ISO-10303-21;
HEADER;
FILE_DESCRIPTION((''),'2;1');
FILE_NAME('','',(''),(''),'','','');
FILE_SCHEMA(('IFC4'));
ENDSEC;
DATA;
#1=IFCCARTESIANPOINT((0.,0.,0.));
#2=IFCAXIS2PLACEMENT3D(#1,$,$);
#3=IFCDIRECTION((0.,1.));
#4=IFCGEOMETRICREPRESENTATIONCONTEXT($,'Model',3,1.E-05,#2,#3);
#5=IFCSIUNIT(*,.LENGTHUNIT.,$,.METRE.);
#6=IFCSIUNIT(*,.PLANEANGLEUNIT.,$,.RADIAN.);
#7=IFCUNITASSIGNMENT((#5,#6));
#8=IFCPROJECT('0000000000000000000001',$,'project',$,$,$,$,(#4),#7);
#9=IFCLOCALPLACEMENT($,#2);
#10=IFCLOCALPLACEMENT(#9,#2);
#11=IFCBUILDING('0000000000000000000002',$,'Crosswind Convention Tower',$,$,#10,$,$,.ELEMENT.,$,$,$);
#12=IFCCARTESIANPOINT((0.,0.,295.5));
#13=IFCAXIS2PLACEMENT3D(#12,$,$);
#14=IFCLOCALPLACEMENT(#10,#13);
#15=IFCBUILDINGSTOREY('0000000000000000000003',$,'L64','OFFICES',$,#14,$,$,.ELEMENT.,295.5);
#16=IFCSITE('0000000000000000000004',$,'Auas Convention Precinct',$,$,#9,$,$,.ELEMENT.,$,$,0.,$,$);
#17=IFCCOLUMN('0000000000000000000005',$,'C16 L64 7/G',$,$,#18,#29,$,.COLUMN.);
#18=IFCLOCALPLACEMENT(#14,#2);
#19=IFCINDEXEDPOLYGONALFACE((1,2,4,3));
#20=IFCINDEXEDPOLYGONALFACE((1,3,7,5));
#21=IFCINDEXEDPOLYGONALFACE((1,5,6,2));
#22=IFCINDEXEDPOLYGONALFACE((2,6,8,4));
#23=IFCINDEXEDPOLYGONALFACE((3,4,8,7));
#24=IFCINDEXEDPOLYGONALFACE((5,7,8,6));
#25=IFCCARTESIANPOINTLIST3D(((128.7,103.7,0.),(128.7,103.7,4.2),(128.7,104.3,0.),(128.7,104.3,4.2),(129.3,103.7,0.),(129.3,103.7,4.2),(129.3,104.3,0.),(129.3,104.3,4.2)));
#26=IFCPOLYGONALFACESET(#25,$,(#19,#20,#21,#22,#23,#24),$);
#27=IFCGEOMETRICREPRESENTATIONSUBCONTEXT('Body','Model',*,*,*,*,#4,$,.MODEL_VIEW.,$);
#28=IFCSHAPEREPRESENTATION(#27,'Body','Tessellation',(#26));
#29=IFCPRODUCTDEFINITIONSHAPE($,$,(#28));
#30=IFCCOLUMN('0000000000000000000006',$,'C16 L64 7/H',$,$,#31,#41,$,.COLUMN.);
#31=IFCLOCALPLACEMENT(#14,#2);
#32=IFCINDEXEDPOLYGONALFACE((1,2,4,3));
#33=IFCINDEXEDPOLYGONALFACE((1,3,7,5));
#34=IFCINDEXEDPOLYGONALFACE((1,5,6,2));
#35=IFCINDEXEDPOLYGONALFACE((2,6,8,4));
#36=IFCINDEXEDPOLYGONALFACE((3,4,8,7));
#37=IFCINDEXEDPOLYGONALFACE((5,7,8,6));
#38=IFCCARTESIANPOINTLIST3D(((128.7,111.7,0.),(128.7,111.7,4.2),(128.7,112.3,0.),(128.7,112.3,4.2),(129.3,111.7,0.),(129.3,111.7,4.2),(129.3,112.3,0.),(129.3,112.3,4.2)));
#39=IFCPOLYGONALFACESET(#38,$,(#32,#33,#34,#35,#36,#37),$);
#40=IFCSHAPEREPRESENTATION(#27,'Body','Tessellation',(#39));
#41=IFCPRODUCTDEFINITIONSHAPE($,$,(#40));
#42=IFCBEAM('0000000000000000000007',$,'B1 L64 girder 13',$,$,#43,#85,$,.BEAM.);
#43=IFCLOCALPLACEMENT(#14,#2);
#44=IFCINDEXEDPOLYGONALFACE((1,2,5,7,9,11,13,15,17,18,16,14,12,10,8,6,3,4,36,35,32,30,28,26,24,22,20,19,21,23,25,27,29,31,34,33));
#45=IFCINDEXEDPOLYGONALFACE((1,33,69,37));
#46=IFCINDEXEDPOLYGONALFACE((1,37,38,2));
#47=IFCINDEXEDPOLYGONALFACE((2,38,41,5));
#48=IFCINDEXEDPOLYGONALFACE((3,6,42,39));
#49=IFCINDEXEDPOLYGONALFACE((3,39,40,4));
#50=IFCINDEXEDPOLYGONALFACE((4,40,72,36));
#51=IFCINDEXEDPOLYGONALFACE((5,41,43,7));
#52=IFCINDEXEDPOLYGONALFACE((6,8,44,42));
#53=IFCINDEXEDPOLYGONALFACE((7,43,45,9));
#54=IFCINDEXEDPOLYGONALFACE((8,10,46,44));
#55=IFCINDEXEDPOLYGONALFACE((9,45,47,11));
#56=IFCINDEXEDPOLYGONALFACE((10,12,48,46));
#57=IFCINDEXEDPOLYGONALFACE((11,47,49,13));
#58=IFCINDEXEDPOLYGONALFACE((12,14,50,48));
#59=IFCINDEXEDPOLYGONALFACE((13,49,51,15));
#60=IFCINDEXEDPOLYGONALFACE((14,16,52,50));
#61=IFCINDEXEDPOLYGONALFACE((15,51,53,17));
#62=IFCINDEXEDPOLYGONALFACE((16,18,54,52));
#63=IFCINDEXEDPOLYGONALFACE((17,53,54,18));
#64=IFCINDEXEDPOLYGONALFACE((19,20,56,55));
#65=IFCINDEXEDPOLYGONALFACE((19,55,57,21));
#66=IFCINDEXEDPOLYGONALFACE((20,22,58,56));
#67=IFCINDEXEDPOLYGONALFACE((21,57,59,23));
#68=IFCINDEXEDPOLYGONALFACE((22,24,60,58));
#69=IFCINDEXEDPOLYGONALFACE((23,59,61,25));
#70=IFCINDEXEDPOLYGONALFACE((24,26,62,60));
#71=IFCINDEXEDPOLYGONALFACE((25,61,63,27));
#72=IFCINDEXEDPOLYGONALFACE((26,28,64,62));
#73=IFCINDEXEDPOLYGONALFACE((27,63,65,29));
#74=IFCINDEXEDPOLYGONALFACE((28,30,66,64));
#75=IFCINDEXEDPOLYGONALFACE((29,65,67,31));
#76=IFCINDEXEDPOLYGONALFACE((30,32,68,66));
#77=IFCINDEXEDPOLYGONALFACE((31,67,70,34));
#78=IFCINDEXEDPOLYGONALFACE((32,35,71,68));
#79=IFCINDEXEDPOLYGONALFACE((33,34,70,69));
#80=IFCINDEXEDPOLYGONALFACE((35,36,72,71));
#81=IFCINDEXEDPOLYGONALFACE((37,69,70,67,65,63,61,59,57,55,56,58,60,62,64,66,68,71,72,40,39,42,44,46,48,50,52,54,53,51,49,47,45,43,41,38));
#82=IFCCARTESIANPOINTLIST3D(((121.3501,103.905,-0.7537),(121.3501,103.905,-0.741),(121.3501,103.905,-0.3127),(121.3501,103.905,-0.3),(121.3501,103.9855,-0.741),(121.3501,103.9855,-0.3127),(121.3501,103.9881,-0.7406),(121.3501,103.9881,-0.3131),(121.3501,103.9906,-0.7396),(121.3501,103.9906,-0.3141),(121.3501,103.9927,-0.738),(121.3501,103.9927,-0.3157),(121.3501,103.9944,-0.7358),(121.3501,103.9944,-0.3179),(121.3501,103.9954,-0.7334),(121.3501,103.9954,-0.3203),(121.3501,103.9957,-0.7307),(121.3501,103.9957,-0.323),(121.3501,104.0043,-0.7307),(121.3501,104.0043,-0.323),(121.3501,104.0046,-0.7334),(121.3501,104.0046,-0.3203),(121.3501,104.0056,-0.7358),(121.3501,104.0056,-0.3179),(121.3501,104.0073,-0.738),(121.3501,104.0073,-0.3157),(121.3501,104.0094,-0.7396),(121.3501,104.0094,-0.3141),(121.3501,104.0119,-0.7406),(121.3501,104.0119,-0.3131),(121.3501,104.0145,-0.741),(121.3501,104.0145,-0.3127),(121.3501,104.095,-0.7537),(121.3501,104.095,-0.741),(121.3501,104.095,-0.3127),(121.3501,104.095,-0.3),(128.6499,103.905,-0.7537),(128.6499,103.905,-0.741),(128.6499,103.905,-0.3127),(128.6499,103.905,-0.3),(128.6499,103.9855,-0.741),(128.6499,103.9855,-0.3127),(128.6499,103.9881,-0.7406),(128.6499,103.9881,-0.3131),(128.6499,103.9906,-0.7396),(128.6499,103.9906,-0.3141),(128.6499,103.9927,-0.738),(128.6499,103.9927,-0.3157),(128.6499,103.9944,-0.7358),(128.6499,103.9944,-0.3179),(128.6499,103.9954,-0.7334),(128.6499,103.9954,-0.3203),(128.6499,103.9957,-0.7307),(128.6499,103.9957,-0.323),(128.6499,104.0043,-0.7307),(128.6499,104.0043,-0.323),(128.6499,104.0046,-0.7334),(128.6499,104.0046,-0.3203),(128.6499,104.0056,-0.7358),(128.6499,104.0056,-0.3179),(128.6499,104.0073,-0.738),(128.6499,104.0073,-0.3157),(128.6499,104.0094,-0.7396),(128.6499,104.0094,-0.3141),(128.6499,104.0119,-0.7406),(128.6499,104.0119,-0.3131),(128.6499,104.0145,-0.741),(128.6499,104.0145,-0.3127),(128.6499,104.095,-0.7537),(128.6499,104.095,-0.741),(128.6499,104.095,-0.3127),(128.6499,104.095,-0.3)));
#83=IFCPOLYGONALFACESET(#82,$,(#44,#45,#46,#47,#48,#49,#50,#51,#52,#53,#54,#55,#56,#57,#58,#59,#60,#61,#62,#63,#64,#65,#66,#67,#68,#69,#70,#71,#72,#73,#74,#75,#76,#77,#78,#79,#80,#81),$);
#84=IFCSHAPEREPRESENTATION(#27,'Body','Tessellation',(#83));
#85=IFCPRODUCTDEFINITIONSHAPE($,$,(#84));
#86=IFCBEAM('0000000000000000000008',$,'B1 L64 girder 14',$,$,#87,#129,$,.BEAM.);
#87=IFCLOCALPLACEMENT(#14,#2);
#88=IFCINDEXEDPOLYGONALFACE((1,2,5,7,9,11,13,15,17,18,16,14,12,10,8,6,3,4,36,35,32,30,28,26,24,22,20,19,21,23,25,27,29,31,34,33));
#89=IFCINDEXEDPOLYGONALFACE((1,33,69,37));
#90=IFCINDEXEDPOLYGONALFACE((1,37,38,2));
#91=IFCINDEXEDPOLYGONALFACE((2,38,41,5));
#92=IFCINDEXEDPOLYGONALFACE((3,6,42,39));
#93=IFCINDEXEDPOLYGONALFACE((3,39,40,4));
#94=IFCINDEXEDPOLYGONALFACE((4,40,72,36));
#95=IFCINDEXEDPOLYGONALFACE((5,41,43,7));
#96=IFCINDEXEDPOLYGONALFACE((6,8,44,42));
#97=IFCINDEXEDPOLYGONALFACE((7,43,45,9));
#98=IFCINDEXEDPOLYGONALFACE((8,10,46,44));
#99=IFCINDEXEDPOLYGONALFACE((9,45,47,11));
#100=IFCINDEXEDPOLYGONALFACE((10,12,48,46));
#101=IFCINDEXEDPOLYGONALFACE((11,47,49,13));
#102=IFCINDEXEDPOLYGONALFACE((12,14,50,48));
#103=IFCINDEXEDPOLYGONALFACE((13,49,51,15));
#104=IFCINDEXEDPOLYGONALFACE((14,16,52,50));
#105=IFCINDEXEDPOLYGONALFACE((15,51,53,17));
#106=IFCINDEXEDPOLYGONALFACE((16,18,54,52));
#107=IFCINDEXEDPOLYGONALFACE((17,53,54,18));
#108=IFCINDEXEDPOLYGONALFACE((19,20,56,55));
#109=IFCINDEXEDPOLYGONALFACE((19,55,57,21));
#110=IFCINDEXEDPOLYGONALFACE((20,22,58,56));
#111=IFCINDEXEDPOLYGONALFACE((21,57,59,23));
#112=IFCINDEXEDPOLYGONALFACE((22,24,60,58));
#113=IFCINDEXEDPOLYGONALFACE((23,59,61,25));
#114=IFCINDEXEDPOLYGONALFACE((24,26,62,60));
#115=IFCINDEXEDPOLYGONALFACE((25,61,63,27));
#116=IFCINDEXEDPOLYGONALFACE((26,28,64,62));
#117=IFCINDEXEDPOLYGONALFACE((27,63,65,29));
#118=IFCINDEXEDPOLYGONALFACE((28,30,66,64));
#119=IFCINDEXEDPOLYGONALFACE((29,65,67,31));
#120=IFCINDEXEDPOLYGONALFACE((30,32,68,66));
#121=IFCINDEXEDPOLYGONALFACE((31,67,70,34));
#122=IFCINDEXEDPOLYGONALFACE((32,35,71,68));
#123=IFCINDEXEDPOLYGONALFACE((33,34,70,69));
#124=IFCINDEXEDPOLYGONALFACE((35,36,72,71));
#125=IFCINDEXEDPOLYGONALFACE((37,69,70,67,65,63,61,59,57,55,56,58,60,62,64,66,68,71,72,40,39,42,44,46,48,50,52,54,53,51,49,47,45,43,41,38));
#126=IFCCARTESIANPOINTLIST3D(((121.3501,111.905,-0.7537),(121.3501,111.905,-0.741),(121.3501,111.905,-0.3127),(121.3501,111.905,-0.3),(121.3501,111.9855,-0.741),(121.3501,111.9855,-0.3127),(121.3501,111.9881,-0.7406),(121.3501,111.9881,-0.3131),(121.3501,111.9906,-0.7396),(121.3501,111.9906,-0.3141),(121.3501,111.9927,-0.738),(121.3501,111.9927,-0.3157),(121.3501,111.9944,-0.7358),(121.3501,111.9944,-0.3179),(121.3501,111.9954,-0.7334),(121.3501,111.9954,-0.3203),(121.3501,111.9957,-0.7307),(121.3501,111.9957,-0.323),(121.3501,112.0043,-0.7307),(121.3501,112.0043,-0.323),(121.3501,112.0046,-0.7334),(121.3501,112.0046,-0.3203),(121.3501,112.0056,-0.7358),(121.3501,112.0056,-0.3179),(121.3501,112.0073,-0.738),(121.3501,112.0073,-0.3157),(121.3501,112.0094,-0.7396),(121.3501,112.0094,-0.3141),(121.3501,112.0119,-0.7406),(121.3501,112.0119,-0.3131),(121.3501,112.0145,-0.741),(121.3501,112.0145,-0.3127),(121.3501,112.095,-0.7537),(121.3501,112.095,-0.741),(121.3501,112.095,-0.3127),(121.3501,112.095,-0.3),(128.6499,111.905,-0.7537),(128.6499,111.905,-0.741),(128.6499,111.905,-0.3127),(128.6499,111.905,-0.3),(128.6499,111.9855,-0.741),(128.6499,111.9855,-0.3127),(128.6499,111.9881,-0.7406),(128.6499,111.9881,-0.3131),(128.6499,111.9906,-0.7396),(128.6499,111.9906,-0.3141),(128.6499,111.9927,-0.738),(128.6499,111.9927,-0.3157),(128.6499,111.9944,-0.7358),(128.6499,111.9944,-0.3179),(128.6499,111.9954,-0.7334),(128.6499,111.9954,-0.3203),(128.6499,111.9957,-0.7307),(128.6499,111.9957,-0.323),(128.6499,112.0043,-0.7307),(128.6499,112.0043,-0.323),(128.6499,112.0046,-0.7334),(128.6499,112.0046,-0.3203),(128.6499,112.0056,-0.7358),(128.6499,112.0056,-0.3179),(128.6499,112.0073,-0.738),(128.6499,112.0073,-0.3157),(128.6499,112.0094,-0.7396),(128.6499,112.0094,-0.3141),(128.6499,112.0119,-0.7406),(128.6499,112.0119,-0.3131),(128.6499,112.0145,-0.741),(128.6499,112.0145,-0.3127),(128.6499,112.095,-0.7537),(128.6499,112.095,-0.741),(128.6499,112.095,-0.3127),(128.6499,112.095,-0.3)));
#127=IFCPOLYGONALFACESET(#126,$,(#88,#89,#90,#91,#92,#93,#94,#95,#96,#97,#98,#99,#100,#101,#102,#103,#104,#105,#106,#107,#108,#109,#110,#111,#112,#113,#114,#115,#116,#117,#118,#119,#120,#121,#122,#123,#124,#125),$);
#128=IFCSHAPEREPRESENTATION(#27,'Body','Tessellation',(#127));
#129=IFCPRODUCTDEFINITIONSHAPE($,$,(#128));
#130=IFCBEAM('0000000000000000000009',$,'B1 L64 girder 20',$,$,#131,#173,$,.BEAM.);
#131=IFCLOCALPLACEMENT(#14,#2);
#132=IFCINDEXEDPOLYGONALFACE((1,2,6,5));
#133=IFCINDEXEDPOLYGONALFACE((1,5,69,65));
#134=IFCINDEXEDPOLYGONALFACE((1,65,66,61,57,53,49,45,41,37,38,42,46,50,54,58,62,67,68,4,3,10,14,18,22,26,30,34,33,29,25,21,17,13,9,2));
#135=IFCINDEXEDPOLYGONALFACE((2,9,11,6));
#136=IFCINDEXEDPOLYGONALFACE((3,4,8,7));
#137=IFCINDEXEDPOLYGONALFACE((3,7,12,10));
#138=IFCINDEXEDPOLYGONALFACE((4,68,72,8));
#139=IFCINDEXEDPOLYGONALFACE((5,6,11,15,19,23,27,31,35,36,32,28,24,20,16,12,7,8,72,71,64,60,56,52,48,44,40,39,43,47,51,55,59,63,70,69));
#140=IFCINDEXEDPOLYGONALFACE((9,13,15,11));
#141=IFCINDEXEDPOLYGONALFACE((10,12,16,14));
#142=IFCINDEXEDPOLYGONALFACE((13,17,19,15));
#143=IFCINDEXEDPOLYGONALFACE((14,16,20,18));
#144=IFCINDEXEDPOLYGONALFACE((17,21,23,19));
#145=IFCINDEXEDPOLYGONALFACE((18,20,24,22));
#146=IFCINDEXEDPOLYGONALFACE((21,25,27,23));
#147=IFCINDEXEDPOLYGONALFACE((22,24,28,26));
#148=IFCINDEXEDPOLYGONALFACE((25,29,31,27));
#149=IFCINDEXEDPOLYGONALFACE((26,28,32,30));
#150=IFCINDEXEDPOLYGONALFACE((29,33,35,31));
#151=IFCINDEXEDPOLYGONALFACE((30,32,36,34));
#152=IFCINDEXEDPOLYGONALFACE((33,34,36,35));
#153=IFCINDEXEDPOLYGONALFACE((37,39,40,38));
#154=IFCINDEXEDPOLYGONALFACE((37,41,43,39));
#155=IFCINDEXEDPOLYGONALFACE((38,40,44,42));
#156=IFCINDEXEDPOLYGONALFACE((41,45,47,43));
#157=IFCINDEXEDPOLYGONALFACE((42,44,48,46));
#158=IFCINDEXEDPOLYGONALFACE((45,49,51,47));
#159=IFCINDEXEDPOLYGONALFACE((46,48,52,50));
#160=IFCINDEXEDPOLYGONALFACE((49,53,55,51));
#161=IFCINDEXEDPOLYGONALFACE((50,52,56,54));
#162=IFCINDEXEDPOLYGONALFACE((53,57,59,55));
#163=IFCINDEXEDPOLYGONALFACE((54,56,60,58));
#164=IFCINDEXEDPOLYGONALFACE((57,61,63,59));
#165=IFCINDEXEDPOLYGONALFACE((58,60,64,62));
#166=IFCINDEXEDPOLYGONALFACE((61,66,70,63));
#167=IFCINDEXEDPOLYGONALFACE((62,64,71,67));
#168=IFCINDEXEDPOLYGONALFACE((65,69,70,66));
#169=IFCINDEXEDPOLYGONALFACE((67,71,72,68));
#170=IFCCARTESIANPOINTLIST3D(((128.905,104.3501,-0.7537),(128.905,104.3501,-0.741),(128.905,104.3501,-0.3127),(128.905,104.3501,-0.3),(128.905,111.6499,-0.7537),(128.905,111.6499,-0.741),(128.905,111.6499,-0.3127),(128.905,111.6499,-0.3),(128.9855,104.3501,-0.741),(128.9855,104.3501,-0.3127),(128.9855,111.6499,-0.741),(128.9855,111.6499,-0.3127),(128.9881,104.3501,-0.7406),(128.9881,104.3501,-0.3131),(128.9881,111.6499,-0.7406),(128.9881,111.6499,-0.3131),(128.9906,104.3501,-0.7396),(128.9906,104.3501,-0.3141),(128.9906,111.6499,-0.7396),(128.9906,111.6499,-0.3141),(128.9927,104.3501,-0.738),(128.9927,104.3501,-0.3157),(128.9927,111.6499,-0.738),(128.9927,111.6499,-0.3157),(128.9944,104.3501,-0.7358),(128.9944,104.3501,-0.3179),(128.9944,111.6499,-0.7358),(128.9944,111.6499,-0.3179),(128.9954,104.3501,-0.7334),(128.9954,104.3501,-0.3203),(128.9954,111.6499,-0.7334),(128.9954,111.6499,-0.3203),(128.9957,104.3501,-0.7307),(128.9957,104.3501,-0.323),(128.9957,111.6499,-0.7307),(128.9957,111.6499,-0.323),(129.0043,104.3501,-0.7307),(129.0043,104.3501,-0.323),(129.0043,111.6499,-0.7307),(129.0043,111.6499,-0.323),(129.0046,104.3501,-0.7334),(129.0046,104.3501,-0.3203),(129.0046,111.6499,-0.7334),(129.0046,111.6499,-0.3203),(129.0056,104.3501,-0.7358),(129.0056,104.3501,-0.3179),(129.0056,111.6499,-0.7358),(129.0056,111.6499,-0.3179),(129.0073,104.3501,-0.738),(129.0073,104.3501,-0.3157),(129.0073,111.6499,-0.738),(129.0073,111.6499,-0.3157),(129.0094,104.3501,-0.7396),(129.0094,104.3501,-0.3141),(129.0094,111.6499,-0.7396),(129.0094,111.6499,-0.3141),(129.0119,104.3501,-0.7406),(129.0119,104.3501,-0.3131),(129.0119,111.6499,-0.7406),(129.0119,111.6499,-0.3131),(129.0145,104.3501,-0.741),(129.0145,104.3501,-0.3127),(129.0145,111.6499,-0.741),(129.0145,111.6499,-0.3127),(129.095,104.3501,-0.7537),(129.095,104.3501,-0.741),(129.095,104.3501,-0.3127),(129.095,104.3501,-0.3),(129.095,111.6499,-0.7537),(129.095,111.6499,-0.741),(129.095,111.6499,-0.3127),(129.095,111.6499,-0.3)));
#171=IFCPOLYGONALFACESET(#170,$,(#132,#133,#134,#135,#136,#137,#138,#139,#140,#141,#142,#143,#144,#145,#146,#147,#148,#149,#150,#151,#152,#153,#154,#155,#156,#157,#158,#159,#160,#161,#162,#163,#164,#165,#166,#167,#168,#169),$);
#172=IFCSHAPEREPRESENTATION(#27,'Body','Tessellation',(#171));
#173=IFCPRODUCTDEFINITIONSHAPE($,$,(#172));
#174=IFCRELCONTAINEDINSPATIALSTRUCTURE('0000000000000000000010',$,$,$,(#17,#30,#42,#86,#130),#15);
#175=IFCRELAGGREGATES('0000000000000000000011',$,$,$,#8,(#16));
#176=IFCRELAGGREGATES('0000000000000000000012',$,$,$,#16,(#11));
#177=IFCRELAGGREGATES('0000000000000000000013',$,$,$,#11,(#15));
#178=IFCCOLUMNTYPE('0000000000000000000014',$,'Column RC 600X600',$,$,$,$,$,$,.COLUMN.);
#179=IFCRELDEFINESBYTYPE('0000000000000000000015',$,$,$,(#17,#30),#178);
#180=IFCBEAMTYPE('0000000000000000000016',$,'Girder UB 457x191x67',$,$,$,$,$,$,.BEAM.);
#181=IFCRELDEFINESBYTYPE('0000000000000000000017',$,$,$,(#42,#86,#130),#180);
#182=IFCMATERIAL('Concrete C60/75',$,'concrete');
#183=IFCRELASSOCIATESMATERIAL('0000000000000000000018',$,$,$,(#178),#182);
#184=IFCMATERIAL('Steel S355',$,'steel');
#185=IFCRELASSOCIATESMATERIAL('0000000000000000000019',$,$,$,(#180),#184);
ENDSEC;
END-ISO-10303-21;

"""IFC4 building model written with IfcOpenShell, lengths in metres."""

from ifc_helpers import new_model, si_unit, direction, frame, origin, origin_2d, place, context, subcontext, project, spatial, rectangle, i_section, extrude, material, material_profile, profile_set, type_object, element, save


model = new_model("IFC4")

# Units and contexts
model_context = context("Model", 3, precision=1e-05, world=origin(), true_north=direction((0.0, 1.0)))
body_context = subcontext(model_context, "Body", "Model", "MODEL_VIEW")
ifc_project = project(units=[si_unit("LENGTHUNIT", "METRE"), si_unit("PLANEANGLEUNIT", "RADIAN")], contexts=[model_context])

# Site, building, storey
site_placement = place(None, origin())
site = spatial("IfcSite", under=ifc_project, at=site_placement, Name="Auas Convention Precinct", CompositionType="ELEMENT", RefElevation=0.0)
building_placement = place(site_placement, origin())
building = spatial("IfcBuilding", under=site, at=building_placement, Name="Crosswind Convention Tower", CompositionType="ELEMENT")
storey_placement = place(building_placement, frame((0.0, 0.0, 295.5)))
storey = spatial("IfcBuildingStorey", under=building, at=storey_placement, Name="L64", Description="OFFICES", CompositionType="ELEMENT", Elevation=295.5)

# Columns
ifc_material_1 = material(Name="Concrete C60/75", Category="concrete")
ifc_material_profile_1 = material_profile(ifc_material_1, rectangle(XDim=0.6001, YDim=0.6001, at=origin_2d()), Name="RC 600X600")
ifc_profile_set_1 = profile_set([ifc_material_profile_1], Name="Concrete C60/75")
column_type = type_object("IfcColumnType", Name="Column RC 600X600", PredefinedType="COLUMN", material=ifc_profile_set_1)
for number, where, z_axis, x_axis, name in (
    (1, (129.0, 104.0, 0.0), (0.0, 0.0, 1.0), (1.0, 0.0, 0.0), "C16 L64 7/G"),
    (2, (129.0, 112.0, 0.0), (0.0, 0.0, 1.0), (1.0, 0.0, 0.0), "C16 L64 7/H"),
):
    element("IfcColumn", number, at=place(storey_placement, frame(where, z_axis=z_axis, x_axis=x_axis)), inside=storey, type_object=column_type, Name=name, PredefinedType="COLUMN", context=body_context, shape_type="SweptSolid", body=[
        extrude(rectangle(XDim=0.6001, YDim=0.6001, at=origin_2d()), origin(), (0.0, 0.0, 1.0), 4.2),
    ])

# Beams
ifc_material_2 = material(Name="Steel S355", Category="steel")
ifc_material_profile_2 = material_profile(ifc_material_2, i_section(OverallWidth=0.1899, OverallDepth=0.4536, WebThickness=0.0085, FlangeThickness=0.0127, FilletRadius=0.0103, at=origin_2d()), Name="UB 457x191x67")
ifc_profile_set_2 = profile_set([ifc_material_profile_2], Name="Steel S355")
beam_type_1 = type_object("IfcBeamType", Name="Girder UB 457x191x67", PredefinedType="BEAM", material=ifc_profile_set_2)
for number, where, z_axis, x_axis, name in (
    (3, (121.3501, 104.0, -0.5269), (1.0, 0.0, 0.0), (0.0, 1.0, 0.0), "B1 L64 girder 13"),
    (4, (121.3501, 112.0, -0.5269), (1.0, 0.0, 0.0), (0.0, 1.0, 0.0), "B1 L64 girder 14"),
    (5, (129.0, 104.3501, -0.5269), (0.0, 1.0, 0.0), (-1.0, 0.0, 0.0), "B1 L64 girder 20"),
):
    element("IfcBeam", number, at=place(storey_placement, frame(where, z_axis=z_axis, x_axis=x_axis)), inside=storey, type_object=beam_type_1, Name=name, PredefinedType="BEAM", context=body_context, shape_type="SweptSolid", body=[
        extrude(i_section(OverallWidth=0.1899, OverallDepth=0.4536, WebThickness=0.0085, FlangeThickness=0.0127, FilletRadius=0.0103, at=origin_2d()), origin(), (0.0, 0.0, 1.0), 7.2998),
    ])

save(model, "model.ifc")
